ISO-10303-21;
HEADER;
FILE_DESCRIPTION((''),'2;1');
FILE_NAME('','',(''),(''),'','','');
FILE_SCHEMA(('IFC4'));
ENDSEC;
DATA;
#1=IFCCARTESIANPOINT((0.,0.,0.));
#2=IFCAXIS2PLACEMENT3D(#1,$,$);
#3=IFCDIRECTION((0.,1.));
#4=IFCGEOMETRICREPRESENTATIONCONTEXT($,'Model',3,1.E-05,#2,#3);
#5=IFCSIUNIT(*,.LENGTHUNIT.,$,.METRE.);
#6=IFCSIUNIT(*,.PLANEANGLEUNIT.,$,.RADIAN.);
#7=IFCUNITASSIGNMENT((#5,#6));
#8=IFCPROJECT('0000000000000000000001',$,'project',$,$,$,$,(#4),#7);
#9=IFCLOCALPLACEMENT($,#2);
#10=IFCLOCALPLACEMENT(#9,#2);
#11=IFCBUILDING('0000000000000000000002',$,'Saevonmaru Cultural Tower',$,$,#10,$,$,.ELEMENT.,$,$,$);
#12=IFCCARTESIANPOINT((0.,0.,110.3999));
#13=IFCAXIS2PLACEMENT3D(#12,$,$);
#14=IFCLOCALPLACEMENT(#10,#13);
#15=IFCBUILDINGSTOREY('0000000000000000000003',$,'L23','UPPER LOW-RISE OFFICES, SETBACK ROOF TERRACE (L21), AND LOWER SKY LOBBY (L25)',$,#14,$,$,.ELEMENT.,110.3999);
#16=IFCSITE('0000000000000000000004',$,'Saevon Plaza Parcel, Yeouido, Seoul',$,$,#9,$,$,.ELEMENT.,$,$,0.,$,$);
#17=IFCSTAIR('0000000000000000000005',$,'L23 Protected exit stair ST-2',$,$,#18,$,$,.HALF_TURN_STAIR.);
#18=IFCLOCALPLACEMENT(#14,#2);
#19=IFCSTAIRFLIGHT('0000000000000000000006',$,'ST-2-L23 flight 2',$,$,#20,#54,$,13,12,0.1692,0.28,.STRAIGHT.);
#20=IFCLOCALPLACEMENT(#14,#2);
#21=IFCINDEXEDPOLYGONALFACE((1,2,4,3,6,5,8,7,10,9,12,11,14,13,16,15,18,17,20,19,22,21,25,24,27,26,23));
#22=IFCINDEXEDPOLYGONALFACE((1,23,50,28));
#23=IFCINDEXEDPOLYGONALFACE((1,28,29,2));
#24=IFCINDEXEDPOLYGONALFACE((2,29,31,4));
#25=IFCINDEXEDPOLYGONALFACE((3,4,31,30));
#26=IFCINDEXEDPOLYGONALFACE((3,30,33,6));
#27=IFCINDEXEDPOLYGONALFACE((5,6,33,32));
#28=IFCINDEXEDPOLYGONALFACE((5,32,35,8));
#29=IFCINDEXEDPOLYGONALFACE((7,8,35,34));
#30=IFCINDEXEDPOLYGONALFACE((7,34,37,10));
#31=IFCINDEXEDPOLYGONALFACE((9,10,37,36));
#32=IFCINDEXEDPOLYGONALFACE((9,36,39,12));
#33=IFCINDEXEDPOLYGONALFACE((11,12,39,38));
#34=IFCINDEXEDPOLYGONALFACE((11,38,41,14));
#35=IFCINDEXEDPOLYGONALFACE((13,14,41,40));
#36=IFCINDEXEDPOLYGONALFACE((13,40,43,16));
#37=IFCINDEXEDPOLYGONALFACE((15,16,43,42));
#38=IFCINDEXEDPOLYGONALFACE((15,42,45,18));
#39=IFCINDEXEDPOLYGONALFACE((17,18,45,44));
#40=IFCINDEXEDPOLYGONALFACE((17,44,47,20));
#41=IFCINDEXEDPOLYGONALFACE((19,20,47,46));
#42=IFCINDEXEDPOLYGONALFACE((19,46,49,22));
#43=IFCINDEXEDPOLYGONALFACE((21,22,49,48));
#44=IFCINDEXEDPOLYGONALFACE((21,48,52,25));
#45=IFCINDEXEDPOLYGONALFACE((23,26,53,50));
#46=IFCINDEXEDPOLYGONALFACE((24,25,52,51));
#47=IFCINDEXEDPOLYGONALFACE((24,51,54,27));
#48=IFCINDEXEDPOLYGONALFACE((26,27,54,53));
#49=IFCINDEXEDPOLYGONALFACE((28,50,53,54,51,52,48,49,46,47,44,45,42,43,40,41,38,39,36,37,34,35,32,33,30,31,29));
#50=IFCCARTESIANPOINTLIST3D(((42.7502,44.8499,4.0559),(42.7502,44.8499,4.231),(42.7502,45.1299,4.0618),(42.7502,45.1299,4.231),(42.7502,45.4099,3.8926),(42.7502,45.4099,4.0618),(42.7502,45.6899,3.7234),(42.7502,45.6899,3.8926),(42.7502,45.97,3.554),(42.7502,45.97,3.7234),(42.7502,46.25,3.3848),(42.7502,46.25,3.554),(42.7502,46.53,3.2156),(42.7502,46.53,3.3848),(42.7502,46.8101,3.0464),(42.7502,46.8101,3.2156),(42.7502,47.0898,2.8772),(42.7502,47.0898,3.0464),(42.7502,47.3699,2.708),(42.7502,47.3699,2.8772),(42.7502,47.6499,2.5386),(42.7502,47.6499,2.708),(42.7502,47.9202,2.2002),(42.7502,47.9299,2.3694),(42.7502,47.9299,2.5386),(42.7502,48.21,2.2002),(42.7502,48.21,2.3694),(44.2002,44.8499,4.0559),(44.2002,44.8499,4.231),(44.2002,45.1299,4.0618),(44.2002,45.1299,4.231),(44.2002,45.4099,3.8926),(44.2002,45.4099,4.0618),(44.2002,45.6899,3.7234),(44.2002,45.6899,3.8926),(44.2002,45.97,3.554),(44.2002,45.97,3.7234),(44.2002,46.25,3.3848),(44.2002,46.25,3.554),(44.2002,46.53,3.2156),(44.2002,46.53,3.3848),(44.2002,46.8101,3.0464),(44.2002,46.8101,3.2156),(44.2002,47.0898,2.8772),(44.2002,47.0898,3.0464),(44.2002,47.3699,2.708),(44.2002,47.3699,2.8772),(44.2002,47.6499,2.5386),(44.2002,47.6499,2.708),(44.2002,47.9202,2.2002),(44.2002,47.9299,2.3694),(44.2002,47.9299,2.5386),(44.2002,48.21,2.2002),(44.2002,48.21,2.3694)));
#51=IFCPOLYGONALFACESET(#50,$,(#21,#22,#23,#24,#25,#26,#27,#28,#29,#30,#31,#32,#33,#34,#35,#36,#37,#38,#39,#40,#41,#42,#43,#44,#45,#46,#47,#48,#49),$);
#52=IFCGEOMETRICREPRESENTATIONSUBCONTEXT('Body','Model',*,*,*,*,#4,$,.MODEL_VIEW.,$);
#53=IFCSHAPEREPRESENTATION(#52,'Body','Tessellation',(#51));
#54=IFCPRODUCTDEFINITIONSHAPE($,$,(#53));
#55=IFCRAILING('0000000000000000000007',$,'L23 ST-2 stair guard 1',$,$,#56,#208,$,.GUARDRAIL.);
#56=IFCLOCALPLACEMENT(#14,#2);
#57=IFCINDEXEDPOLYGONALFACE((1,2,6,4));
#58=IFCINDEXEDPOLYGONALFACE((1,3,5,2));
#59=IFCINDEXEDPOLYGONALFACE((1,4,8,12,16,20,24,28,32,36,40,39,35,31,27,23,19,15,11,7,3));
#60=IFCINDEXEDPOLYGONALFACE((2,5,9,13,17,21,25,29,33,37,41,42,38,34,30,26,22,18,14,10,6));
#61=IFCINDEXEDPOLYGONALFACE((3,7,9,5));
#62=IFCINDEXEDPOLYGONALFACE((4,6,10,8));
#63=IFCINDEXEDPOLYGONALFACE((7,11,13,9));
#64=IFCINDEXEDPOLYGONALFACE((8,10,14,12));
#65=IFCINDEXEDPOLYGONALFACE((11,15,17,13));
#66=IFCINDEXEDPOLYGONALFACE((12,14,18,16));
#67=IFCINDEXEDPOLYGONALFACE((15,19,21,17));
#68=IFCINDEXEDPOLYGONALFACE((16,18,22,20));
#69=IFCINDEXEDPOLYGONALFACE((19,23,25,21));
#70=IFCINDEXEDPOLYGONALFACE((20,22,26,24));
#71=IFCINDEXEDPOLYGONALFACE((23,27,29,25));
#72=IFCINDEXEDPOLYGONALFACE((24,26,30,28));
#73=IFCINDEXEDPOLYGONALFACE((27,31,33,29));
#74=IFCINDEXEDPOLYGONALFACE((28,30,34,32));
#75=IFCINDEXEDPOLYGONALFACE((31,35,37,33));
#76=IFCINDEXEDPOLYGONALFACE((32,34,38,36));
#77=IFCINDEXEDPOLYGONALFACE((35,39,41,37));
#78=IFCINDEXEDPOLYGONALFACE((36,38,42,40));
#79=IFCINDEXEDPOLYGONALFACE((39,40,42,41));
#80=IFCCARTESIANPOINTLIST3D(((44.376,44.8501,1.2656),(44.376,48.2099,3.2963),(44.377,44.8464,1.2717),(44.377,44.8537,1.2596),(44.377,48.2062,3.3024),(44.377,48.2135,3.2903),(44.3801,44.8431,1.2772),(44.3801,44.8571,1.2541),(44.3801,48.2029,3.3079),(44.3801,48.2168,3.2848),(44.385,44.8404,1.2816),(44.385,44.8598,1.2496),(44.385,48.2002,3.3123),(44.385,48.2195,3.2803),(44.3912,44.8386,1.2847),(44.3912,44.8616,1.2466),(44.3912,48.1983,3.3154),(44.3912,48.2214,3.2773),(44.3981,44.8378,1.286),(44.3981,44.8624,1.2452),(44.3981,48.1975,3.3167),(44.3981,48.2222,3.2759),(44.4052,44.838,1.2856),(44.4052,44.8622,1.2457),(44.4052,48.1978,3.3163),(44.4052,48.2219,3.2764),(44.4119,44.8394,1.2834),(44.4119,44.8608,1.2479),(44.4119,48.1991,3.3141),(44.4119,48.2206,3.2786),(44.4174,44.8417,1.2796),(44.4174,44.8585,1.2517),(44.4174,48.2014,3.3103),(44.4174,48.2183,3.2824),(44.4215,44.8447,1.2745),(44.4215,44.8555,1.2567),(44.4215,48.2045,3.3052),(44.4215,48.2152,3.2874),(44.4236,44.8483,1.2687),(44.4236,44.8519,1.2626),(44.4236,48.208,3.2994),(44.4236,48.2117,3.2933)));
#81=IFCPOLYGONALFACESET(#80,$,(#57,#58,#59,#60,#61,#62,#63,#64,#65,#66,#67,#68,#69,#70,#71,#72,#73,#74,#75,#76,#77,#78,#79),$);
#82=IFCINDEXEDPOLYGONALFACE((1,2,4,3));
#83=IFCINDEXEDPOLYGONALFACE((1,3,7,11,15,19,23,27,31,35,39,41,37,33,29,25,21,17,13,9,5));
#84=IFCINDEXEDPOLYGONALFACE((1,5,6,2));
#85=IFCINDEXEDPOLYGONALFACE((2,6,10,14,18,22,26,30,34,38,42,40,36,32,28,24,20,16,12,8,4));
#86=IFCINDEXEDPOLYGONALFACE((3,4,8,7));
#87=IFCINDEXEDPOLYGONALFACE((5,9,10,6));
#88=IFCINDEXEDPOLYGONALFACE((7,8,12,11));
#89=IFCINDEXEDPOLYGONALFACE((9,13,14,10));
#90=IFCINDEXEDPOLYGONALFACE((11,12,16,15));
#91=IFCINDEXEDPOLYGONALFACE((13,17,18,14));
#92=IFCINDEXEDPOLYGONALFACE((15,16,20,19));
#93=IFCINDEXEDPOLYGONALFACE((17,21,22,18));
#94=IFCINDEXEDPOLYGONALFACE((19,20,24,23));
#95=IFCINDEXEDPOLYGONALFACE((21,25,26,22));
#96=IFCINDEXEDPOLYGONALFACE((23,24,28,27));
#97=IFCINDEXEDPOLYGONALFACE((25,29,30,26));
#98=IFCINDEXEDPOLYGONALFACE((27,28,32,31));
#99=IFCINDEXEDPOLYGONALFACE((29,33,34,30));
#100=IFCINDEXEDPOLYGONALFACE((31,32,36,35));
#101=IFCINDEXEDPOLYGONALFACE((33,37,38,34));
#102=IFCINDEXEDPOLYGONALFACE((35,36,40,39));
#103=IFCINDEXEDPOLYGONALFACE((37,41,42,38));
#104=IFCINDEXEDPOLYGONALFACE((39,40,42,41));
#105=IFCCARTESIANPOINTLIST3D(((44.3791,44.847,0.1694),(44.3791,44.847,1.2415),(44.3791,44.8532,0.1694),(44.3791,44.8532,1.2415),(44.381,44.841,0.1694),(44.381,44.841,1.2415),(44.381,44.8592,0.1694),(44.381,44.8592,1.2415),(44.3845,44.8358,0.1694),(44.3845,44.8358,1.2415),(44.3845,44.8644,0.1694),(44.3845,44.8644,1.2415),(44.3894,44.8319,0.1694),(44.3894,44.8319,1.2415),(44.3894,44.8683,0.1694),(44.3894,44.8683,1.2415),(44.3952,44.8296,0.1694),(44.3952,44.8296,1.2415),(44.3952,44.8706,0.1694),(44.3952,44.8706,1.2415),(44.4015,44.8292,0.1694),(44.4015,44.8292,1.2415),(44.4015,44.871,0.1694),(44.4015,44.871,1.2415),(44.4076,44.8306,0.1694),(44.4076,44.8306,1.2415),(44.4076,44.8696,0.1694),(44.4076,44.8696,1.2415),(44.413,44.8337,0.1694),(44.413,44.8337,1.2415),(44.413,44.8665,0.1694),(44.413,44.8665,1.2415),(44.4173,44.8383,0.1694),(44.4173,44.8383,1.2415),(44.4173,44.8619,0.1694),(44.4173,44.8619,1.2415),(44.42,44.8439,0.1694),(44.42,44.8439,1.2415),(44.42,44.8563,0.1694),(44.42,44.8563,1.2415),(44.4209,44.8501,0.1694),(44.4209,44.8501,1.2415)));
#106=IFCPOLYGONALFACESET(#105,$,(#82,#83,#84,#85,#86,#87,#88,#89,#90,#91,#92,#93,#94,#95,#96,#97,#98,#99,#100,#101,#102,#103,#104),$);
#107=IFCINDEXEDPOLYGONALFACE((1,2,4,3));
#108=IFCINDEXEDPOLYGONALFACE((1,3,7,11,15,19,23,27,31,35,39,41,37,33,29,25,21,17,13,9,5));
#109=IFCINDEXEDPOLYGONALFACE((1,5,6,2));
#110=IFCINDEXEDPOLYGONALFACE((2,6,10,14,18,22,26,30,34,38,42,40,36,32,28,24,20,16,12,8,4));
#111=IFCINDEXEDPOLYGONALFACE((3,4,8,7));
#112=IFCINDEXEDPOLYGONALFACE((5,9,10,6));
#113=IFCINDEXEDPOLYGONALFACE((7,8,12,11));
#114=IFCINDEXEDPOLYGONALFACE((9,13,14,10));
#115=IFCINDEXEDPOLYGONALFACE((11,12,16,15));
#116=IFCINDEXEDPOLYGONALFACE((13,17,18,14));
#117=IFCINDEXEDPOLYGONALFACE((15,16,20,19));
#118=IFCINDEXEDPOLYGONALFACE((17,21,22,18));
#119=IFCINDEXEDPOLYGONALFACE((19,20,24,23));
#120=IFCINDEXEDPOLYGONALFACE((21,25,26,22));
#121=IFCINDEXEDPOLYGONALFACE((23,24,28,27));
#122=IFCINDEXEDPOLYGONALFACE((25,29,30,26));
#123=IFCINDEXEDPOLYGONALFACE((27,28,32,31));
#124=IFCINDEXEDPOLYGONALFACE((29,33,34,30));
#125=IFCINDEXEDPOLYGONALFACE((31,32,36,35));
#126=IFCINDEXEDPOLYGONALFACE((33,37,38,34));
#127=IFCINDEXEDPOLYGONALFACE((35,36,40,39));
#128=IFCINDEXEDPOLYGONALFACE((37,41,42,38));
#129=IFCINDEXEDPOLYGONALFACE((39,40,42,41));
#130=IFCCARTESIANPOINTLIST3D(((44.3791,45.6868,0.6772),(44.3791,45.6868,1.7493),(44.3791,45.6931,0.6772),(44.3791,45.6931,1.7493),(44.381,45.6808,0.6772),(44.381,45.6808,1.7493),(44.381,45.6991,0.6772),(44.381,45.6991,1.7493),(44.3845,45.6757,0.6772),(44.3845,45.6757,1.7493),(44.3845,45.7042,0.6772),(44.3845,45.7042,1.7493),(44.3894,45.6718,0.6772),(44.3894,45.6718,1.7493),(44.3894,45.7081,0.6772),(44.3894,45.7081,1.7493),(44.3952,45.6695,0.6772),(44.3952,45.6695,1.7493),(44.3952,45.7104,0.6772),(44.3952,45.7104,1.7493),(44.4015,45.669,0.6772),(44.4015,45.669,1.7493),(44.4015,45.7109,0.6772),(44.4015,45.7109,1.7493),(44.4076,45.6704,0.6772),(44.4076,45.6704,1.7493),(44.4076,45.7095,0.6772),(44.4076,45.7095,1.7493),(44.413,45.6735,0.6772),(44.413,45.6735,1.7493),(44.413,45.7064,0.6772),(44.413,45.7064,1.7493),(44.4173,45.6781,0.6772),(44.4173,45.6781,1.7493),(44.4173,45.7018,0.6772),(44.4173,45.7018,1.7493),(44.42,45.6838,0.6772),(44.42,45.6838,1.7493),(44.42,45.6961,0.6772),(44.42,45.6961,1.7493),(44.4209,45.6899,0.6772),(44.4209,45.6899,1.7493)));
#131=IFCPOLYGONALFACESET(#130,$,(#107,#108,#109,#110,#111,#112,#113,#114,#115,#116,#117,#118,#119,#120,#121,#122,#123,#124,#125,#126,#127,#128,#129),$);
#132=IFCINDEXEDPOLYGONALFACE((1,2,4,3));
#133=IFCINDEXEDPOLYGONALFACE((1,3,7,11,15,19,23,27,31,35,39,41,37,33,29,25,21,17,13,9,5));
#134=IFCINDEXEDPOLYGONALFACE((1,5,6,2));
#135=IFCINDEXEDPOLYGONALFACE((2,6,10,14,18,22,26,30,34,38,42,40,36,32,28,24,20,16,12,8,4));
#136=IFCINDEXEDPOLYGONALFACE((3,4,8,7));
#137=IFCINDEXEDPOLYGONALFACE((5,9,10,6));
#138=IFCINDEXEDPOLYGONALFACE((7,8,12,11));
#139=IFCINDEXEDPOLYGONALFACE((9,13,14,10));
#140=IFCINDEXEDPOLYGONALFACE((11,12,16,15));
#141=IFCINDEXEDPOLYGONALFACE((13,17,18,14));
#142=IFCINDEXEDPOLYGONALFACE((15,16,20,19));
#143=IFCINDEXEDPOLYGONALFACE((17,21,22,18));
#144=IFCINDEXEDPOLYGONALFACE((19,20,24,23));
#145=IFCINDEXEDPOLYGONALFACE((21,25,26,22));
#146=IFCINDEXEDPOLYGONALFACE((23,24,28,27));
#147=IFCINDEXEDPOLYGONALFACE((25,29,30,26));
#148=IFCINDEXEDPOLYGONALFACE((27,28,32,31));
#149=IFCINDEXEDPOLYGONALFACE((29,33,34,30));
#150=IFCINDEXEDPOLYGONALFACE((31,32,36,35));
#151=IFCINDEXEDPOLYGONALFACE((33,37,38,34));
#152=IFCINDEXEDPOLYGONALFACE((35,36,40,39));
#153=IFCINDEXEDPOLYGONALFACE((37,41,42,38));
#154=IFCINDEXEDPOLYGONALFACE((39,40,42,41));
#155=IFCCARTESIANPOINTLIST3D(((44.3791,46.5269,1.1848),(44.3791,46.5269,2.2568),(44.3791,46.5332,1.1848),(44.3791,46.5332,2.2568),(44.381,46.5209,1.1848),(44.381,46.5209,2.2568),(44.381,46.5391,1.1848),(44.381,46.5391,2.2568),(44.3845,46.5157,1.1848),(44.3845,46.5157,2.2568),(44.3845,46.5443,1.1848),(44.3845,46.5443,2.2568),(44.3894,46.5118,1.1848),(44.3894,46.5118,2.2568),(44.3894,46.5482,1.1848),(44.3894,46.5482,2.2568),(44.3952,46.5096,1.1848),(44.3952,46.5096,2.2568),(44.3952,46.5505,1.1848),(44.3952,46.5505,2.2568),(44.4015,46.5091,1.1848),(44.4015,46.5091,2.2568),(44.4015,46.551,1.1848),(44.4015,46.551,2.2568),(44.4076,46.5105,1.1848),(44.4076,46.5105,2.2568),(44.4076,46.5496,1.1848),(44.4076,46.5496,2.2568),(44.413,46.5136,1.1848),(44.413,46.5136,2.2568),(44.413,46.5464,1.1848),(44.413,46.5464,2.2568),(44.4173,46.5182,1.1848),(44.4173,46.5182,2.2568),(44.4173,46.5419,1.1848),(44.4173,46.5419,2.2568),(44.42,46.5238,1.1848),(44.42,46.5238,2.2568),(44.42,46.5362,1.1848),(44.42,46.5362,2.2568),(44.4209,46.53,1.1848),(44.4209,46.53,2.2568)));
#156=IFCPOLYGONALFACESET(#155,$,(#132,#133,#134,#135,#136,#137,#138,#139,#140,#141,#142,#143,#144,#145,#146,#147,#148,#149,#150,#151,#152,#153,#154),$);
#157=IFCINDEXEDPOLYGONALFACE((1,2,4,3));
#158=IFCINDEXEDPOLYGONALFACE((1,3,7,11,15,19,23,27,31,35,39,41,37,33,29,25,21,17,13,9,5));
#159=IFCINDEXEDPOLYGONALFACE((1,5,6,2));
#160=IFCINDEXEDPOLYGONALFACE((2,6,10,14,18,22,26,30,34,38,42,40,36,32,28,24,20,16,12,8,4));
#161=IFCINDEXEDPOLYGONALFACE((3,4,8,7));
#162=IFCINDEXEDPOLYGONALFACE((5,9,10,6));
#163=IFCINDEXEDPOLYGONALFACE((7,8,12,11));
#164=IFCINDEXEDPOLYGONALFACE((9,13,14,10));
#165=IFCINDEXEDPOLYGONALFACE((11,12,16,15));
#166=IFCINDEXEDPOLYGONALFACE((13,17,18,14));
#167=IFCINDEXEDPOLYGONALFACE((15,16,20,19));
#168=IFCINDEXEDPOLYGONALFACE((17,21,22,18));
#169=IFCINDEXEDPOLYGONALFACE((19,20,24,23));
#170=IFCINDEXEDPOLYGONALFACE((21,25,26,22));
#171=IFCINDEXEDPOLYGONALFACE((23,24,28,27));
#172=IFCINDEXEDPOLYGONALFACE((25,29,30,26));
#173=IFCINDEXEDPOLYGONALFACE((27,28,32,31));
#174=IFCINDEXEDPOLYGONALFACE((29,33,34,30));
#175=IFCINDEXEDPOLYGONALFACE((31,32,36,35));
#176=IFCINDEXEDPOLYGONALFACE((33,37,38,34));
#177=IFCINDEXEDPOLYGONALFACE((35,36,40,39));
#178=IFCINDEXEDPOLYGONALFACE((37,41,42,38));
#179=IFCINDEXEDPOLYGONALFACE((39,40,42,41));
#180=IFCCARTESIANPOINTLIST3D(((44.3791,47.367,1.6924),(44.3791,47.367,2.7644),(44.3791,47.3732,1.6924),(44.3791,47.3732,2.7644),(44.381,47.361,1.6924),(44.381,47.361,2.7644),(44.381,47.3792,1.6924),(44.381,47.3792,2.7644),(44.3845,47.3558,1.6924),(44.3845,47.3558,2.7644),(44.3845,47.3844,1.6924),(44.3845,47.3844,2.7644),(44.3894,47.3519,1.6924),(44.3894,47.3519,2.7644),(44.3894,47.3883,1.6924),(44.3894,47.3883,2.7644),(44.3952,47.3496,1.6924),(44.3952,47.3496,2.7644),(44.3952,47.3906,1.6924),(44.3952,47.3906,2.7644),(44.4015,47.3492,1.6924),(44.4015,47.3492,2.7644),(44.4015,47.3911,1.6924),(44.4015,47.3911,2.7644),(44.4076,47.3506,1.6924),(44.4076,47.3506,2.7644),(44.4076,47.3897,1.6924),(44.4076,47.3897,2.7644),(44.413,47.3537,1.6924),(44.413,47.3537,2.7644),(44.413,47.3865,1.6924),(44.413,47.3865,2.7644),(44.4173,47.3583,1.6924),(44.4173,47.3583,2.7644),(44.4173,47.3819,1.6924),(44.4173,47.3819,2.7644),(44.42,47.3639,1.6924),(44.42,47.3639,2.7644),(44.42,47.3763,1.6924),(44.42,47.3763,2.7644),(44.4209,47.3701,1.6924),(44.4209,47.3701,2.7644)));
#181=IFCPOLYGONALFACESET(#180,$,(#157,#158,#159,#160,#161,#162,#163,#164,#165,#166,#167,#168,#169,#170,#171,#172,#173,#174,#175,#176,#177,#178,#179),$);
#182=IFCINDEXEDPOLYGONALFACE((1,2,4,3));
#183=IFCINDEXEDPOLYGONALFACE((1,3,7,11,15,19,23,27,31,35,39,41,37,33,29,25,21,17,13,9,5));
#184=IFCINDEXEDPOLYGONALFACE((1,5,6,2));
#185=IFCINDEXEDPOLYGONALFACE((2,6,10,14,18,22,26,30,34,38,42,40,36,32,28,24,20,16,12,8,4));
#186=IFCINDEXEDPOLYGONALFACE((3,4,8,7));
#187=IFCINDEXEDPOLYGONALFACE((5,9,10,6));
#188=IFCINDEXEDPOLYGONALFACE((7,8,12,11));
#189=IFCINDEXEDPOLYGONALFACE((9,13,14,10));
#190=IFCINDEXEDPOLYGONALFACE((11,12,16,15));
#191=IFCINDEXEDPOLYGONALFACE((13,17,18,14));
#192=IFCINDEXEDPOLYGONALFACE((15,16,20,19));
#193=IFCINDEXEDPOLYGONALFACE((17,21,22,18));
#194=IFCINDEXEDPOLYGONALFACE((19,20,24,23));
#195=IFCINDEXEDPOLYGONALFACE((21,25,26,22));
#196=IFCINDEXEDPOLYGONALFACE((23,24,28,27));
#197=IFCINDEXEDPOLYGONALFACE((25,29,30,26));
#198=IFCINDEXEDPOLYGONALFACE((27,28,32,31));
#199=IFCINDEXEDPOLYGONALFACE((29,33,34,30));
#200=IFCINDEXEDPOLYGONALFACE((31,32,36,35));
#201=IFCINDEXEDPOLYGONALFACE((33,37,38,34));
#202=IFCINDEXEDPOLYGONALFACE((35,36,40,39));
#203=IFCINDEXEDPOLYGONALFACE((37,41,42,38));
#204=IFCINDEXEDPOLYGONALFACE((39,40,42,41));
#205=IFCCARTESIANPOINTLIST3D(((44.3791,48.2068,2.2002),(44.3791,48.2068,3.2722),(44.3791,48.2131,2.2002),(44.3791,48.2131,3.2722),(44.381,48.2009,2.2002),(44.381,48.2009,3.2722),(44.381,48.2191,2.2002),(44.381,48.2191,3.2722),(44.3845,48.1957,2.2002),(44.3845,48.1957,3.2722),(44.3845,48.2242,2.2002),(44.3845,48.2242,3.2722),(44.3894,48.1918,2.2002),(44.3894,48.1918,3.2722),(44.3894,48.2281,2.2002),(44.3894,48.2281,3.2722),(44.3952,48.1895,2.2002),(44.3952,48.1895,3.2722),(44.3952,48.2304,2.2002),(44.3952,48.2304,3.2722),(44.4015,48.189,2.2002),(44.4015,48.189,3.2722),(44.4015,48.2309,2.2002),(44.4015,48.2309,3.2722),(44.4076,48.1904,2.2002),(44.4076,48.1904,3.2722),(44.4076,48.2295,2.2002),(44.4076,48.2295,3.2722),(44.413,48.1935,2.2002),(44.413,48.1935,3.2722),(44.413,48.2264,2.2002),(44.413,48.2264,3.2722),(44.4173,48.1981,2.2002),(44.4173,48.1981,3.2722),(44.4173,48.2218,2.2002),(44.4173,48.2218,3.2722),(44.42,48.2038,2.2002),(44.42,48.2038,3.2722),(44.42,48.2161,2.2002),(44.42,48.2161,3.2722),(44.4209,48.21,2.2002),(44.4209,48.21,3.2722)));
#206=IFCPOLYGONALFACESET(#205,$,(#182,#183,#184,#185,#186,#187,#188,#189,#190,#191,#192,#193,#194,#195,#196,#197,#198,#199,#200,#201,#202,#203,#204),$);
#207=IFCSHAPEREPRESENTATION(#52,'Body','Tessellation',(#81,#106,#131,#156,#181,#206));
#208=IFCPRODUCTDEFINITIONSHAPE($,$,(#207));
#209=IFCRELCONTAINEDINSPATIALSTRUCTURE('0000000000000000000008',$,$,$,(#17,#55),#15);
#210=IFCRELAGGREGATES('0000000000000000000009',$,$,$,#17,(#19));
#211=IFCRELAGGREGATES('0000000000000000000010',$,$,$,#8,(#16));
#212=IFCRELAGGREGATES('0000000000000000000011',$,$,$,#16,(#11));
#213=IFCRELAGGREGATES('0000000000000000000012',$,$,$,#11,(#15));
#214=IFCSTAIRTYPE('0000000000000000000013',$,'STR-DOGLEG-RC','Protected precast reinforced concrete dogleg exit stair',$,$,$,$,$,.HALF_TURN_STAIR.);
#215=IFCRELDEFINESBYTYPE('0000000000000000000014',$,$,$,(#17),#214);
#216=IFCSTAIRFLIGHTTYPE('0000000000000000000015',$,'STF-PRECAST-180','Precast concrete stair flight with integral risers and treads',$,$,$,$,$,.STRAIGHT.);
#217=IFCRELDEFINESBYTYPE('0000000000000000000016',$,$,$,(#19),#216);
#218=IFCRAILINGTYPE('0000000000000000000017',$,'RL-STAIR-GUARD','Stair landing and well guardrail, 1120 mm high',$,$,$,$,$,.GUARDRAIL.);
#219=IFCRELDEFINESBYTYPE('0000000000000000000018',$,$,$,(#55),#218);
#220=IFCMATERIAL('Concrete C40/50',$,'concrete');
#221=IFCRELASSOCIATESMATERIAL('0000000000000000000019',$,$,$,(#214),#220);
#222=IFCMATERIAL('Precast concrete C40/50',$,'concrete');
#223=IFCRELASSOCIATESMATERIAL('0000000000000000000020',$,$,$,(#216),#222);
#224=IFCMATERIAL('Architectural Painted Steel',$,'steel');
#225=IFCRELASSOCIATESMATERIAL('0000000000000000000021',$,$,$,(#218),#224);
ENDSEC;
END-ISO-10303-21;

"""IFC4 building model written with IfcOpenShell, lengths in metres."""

from ifc_helpers import new_model, si_unit, direction, frame, origin, origin_2d, place, context, subcontext, project, spatial, polyline, circle, outline, extrude, material, type_object, element, aggregate, save


model = new_model("IFC4")

# Units and contexts
model_context = context("Model", 3, precision=1e-05, world=origin(), true_north=direction((0.0, 1.0)))
body_context = subcontext(model_context, "Body", "Model", "MODEL_VIEW")
ifc_project = project(units=[si_unit("LENGTHUNIT", "METRE"), si_unit("PLANEANGLEUNIT", "RADIAN")], contexts=[model_context])

# Site, building, storey
site_placement = place(None, origin())
site = spatial("IfcSite", under=ifc_project, at=site_placement, Name="Saevon Plaza Parcel, Yeouido, Seoul", CompositionType="ELEMENT", RefElevation=0.0)
building_placement = place(site_placement, origin())
building = spatial("IfcBuilding", under=site, at=building_placement, Name="Saevonmaru Cultural Tower", CompositionType="ELEMENT")
storey_placement = place(building_placement, frame((0.0, 0.0, 110.3999)))
storey = spatial("IfcBuildingStorey", under=building, at=storey_placement, Name="L23", Description="UPPER LOW-RISE OFFICES, SETBACK ROOF TERRACE (L21), AND LOWER SKY LOBBY (L25)", CompositionType="ELEMENT", Elevation=110.3999)

# Stair, stair flight
ifc_material_1 = material(Name="Concrete C40/50", Category="concrete")
stair_type = type_object("IfcStairType", Name="STR-DOGLEG-RC", Description="Protected precast reinforced concrete dogleg exit stair", PredefinedType="HALF_TURN_STAIR", material=ifc_material_1)
stair_placement = place(storey_placement, origin())
stair = element("IfcStair", 1, at=stair_placement, inside=storey, type_object=stair_type, Name="L23 Protected exit stair ST-2", PredefinedType="HALF_TURN_STAIR")
ifc_material_2 = material(Name="Precast concrete C40/50", Category="concrete")
stair_flight_type = type_object("IfcStairFlightType", Name="STF-PRECAST-180", Description="Precast concrete stair flight with integral risers and treads", PredefinedType="STRAIGHT", material=ifc_material_2)
stair_flight_1_placement = place(storey_placement, frame((43.4751, 48.21, 2.2002), z_axis=(0.0, 0.0, 1.0), x_axis=(0.0, -1.0, 0.0)))
stair_flight_1 = element("IfcStairFlight", 2, at=stair_flight_1_placement, type_object=stair_flight_type, Name="ST-2-L23 flight 2", NumberOfRisers=13, NumberOfTreads=12, PredefinedType="STRAIGHT", RiserHeight=0.1692, TreadLength=0.28, context=body_context, shape_type="SweptSolid", body=[
    extrude(outline(polyline([(0.0, 0.0), (0.0, 0.1692), (0.28, 0.1692), (0.28, 0.3384), (0.5601, 0.3384), (0.5601, 0.5078), (0.8401, 0.5078), (0.8401, 0.677), (1.1201, 0.677), (1.1201, 0.8462), (1.3999, 0.8462), (1.3999, 1.0154), (1.6799, 1.0154), (1.6799, 1.1846), (1.96, 1.1846), (1.96, 1.3538), (2.24, 1.3538), (2.24, 1.5232), (2.52, 1.5232), (2.52, 1.6924), (2.8, 1.6924), (2.8, 1.8616), (3.0801, 1.8616), (3.0801, 2.0308), (3.3601, 2.0308), (3.3601, 2.2), (3.3601, 1.8557), (0.2898, 0.0), (0.0, 0.0)])), frame((0.0, 0.7251, 0.0), z_axis=(0.0, -1.0, 0.0), x_axis=(1.0, 0.0, 0.0)), (0.0, 0.0, 1.0), 1.45),
])
aggregate(stair, [stair_flight_1])

# Railing
ifc_material_3 = material(Name="Architectural Painted Steel", Category="steel")
railing_type_1 = type_object("IfcRailingType", Name="RL-STAIR-GUARD", Description="Stair landing and well guardrail, 1120 mm high", PredefinedType="GUARDRAIL", material=ifc_material_3)
railing_1_placement = place(storey_placement, frame((44.3999, 44.8501, 0.1694)))
element("IfcRailing", 3, at=railing_1_placement, inside=storey, type_object=railing_type_1, Name="L23 ST-2 stair guard 1", PredefinedType="GUARDRAIL", context=body_context, shape_type="SweptSolid", body=[
    extrude(circle(Radius=0.0239, at=origin_2d()), frame((0.0, 0.0, 1.0962), z_axis=(0.0, 0.85582, 0.517273), x_axis=(-1.0, 0.0, 0.0)), (0.0, 0.0, 1.0), 3.9258),
    extrude(circle(Radius=0.021, at=origin_2d()), origin(), (0.0, 0.0, 1.0), 1.072),
    extrude(circle(Radius=0.021, at=origin_2d()), frame((0.0, 0.8398, 0.5078)), (0.0, 0.0, 1.0), 1.072),
    extrude(circle(Radius=0.021, at=origin_2d()), frame((0.0, 1.6799, 1.0154)), (0.0, 0.0, 1.0), 1.072),
    extrude(circle(Radius=0.021, at=origin_2d()), frame((0.0, 2.52, 1.5229)), (0.0, 0.0, 1.0), 1.072),
    extrude(circle(Radius=0.021, at=origin_2d()), frame((0.0, 3.3599, 2.0308)), (0.0, 0.0, 1.0), 1.072),
])

save(model, "model.ifc")
